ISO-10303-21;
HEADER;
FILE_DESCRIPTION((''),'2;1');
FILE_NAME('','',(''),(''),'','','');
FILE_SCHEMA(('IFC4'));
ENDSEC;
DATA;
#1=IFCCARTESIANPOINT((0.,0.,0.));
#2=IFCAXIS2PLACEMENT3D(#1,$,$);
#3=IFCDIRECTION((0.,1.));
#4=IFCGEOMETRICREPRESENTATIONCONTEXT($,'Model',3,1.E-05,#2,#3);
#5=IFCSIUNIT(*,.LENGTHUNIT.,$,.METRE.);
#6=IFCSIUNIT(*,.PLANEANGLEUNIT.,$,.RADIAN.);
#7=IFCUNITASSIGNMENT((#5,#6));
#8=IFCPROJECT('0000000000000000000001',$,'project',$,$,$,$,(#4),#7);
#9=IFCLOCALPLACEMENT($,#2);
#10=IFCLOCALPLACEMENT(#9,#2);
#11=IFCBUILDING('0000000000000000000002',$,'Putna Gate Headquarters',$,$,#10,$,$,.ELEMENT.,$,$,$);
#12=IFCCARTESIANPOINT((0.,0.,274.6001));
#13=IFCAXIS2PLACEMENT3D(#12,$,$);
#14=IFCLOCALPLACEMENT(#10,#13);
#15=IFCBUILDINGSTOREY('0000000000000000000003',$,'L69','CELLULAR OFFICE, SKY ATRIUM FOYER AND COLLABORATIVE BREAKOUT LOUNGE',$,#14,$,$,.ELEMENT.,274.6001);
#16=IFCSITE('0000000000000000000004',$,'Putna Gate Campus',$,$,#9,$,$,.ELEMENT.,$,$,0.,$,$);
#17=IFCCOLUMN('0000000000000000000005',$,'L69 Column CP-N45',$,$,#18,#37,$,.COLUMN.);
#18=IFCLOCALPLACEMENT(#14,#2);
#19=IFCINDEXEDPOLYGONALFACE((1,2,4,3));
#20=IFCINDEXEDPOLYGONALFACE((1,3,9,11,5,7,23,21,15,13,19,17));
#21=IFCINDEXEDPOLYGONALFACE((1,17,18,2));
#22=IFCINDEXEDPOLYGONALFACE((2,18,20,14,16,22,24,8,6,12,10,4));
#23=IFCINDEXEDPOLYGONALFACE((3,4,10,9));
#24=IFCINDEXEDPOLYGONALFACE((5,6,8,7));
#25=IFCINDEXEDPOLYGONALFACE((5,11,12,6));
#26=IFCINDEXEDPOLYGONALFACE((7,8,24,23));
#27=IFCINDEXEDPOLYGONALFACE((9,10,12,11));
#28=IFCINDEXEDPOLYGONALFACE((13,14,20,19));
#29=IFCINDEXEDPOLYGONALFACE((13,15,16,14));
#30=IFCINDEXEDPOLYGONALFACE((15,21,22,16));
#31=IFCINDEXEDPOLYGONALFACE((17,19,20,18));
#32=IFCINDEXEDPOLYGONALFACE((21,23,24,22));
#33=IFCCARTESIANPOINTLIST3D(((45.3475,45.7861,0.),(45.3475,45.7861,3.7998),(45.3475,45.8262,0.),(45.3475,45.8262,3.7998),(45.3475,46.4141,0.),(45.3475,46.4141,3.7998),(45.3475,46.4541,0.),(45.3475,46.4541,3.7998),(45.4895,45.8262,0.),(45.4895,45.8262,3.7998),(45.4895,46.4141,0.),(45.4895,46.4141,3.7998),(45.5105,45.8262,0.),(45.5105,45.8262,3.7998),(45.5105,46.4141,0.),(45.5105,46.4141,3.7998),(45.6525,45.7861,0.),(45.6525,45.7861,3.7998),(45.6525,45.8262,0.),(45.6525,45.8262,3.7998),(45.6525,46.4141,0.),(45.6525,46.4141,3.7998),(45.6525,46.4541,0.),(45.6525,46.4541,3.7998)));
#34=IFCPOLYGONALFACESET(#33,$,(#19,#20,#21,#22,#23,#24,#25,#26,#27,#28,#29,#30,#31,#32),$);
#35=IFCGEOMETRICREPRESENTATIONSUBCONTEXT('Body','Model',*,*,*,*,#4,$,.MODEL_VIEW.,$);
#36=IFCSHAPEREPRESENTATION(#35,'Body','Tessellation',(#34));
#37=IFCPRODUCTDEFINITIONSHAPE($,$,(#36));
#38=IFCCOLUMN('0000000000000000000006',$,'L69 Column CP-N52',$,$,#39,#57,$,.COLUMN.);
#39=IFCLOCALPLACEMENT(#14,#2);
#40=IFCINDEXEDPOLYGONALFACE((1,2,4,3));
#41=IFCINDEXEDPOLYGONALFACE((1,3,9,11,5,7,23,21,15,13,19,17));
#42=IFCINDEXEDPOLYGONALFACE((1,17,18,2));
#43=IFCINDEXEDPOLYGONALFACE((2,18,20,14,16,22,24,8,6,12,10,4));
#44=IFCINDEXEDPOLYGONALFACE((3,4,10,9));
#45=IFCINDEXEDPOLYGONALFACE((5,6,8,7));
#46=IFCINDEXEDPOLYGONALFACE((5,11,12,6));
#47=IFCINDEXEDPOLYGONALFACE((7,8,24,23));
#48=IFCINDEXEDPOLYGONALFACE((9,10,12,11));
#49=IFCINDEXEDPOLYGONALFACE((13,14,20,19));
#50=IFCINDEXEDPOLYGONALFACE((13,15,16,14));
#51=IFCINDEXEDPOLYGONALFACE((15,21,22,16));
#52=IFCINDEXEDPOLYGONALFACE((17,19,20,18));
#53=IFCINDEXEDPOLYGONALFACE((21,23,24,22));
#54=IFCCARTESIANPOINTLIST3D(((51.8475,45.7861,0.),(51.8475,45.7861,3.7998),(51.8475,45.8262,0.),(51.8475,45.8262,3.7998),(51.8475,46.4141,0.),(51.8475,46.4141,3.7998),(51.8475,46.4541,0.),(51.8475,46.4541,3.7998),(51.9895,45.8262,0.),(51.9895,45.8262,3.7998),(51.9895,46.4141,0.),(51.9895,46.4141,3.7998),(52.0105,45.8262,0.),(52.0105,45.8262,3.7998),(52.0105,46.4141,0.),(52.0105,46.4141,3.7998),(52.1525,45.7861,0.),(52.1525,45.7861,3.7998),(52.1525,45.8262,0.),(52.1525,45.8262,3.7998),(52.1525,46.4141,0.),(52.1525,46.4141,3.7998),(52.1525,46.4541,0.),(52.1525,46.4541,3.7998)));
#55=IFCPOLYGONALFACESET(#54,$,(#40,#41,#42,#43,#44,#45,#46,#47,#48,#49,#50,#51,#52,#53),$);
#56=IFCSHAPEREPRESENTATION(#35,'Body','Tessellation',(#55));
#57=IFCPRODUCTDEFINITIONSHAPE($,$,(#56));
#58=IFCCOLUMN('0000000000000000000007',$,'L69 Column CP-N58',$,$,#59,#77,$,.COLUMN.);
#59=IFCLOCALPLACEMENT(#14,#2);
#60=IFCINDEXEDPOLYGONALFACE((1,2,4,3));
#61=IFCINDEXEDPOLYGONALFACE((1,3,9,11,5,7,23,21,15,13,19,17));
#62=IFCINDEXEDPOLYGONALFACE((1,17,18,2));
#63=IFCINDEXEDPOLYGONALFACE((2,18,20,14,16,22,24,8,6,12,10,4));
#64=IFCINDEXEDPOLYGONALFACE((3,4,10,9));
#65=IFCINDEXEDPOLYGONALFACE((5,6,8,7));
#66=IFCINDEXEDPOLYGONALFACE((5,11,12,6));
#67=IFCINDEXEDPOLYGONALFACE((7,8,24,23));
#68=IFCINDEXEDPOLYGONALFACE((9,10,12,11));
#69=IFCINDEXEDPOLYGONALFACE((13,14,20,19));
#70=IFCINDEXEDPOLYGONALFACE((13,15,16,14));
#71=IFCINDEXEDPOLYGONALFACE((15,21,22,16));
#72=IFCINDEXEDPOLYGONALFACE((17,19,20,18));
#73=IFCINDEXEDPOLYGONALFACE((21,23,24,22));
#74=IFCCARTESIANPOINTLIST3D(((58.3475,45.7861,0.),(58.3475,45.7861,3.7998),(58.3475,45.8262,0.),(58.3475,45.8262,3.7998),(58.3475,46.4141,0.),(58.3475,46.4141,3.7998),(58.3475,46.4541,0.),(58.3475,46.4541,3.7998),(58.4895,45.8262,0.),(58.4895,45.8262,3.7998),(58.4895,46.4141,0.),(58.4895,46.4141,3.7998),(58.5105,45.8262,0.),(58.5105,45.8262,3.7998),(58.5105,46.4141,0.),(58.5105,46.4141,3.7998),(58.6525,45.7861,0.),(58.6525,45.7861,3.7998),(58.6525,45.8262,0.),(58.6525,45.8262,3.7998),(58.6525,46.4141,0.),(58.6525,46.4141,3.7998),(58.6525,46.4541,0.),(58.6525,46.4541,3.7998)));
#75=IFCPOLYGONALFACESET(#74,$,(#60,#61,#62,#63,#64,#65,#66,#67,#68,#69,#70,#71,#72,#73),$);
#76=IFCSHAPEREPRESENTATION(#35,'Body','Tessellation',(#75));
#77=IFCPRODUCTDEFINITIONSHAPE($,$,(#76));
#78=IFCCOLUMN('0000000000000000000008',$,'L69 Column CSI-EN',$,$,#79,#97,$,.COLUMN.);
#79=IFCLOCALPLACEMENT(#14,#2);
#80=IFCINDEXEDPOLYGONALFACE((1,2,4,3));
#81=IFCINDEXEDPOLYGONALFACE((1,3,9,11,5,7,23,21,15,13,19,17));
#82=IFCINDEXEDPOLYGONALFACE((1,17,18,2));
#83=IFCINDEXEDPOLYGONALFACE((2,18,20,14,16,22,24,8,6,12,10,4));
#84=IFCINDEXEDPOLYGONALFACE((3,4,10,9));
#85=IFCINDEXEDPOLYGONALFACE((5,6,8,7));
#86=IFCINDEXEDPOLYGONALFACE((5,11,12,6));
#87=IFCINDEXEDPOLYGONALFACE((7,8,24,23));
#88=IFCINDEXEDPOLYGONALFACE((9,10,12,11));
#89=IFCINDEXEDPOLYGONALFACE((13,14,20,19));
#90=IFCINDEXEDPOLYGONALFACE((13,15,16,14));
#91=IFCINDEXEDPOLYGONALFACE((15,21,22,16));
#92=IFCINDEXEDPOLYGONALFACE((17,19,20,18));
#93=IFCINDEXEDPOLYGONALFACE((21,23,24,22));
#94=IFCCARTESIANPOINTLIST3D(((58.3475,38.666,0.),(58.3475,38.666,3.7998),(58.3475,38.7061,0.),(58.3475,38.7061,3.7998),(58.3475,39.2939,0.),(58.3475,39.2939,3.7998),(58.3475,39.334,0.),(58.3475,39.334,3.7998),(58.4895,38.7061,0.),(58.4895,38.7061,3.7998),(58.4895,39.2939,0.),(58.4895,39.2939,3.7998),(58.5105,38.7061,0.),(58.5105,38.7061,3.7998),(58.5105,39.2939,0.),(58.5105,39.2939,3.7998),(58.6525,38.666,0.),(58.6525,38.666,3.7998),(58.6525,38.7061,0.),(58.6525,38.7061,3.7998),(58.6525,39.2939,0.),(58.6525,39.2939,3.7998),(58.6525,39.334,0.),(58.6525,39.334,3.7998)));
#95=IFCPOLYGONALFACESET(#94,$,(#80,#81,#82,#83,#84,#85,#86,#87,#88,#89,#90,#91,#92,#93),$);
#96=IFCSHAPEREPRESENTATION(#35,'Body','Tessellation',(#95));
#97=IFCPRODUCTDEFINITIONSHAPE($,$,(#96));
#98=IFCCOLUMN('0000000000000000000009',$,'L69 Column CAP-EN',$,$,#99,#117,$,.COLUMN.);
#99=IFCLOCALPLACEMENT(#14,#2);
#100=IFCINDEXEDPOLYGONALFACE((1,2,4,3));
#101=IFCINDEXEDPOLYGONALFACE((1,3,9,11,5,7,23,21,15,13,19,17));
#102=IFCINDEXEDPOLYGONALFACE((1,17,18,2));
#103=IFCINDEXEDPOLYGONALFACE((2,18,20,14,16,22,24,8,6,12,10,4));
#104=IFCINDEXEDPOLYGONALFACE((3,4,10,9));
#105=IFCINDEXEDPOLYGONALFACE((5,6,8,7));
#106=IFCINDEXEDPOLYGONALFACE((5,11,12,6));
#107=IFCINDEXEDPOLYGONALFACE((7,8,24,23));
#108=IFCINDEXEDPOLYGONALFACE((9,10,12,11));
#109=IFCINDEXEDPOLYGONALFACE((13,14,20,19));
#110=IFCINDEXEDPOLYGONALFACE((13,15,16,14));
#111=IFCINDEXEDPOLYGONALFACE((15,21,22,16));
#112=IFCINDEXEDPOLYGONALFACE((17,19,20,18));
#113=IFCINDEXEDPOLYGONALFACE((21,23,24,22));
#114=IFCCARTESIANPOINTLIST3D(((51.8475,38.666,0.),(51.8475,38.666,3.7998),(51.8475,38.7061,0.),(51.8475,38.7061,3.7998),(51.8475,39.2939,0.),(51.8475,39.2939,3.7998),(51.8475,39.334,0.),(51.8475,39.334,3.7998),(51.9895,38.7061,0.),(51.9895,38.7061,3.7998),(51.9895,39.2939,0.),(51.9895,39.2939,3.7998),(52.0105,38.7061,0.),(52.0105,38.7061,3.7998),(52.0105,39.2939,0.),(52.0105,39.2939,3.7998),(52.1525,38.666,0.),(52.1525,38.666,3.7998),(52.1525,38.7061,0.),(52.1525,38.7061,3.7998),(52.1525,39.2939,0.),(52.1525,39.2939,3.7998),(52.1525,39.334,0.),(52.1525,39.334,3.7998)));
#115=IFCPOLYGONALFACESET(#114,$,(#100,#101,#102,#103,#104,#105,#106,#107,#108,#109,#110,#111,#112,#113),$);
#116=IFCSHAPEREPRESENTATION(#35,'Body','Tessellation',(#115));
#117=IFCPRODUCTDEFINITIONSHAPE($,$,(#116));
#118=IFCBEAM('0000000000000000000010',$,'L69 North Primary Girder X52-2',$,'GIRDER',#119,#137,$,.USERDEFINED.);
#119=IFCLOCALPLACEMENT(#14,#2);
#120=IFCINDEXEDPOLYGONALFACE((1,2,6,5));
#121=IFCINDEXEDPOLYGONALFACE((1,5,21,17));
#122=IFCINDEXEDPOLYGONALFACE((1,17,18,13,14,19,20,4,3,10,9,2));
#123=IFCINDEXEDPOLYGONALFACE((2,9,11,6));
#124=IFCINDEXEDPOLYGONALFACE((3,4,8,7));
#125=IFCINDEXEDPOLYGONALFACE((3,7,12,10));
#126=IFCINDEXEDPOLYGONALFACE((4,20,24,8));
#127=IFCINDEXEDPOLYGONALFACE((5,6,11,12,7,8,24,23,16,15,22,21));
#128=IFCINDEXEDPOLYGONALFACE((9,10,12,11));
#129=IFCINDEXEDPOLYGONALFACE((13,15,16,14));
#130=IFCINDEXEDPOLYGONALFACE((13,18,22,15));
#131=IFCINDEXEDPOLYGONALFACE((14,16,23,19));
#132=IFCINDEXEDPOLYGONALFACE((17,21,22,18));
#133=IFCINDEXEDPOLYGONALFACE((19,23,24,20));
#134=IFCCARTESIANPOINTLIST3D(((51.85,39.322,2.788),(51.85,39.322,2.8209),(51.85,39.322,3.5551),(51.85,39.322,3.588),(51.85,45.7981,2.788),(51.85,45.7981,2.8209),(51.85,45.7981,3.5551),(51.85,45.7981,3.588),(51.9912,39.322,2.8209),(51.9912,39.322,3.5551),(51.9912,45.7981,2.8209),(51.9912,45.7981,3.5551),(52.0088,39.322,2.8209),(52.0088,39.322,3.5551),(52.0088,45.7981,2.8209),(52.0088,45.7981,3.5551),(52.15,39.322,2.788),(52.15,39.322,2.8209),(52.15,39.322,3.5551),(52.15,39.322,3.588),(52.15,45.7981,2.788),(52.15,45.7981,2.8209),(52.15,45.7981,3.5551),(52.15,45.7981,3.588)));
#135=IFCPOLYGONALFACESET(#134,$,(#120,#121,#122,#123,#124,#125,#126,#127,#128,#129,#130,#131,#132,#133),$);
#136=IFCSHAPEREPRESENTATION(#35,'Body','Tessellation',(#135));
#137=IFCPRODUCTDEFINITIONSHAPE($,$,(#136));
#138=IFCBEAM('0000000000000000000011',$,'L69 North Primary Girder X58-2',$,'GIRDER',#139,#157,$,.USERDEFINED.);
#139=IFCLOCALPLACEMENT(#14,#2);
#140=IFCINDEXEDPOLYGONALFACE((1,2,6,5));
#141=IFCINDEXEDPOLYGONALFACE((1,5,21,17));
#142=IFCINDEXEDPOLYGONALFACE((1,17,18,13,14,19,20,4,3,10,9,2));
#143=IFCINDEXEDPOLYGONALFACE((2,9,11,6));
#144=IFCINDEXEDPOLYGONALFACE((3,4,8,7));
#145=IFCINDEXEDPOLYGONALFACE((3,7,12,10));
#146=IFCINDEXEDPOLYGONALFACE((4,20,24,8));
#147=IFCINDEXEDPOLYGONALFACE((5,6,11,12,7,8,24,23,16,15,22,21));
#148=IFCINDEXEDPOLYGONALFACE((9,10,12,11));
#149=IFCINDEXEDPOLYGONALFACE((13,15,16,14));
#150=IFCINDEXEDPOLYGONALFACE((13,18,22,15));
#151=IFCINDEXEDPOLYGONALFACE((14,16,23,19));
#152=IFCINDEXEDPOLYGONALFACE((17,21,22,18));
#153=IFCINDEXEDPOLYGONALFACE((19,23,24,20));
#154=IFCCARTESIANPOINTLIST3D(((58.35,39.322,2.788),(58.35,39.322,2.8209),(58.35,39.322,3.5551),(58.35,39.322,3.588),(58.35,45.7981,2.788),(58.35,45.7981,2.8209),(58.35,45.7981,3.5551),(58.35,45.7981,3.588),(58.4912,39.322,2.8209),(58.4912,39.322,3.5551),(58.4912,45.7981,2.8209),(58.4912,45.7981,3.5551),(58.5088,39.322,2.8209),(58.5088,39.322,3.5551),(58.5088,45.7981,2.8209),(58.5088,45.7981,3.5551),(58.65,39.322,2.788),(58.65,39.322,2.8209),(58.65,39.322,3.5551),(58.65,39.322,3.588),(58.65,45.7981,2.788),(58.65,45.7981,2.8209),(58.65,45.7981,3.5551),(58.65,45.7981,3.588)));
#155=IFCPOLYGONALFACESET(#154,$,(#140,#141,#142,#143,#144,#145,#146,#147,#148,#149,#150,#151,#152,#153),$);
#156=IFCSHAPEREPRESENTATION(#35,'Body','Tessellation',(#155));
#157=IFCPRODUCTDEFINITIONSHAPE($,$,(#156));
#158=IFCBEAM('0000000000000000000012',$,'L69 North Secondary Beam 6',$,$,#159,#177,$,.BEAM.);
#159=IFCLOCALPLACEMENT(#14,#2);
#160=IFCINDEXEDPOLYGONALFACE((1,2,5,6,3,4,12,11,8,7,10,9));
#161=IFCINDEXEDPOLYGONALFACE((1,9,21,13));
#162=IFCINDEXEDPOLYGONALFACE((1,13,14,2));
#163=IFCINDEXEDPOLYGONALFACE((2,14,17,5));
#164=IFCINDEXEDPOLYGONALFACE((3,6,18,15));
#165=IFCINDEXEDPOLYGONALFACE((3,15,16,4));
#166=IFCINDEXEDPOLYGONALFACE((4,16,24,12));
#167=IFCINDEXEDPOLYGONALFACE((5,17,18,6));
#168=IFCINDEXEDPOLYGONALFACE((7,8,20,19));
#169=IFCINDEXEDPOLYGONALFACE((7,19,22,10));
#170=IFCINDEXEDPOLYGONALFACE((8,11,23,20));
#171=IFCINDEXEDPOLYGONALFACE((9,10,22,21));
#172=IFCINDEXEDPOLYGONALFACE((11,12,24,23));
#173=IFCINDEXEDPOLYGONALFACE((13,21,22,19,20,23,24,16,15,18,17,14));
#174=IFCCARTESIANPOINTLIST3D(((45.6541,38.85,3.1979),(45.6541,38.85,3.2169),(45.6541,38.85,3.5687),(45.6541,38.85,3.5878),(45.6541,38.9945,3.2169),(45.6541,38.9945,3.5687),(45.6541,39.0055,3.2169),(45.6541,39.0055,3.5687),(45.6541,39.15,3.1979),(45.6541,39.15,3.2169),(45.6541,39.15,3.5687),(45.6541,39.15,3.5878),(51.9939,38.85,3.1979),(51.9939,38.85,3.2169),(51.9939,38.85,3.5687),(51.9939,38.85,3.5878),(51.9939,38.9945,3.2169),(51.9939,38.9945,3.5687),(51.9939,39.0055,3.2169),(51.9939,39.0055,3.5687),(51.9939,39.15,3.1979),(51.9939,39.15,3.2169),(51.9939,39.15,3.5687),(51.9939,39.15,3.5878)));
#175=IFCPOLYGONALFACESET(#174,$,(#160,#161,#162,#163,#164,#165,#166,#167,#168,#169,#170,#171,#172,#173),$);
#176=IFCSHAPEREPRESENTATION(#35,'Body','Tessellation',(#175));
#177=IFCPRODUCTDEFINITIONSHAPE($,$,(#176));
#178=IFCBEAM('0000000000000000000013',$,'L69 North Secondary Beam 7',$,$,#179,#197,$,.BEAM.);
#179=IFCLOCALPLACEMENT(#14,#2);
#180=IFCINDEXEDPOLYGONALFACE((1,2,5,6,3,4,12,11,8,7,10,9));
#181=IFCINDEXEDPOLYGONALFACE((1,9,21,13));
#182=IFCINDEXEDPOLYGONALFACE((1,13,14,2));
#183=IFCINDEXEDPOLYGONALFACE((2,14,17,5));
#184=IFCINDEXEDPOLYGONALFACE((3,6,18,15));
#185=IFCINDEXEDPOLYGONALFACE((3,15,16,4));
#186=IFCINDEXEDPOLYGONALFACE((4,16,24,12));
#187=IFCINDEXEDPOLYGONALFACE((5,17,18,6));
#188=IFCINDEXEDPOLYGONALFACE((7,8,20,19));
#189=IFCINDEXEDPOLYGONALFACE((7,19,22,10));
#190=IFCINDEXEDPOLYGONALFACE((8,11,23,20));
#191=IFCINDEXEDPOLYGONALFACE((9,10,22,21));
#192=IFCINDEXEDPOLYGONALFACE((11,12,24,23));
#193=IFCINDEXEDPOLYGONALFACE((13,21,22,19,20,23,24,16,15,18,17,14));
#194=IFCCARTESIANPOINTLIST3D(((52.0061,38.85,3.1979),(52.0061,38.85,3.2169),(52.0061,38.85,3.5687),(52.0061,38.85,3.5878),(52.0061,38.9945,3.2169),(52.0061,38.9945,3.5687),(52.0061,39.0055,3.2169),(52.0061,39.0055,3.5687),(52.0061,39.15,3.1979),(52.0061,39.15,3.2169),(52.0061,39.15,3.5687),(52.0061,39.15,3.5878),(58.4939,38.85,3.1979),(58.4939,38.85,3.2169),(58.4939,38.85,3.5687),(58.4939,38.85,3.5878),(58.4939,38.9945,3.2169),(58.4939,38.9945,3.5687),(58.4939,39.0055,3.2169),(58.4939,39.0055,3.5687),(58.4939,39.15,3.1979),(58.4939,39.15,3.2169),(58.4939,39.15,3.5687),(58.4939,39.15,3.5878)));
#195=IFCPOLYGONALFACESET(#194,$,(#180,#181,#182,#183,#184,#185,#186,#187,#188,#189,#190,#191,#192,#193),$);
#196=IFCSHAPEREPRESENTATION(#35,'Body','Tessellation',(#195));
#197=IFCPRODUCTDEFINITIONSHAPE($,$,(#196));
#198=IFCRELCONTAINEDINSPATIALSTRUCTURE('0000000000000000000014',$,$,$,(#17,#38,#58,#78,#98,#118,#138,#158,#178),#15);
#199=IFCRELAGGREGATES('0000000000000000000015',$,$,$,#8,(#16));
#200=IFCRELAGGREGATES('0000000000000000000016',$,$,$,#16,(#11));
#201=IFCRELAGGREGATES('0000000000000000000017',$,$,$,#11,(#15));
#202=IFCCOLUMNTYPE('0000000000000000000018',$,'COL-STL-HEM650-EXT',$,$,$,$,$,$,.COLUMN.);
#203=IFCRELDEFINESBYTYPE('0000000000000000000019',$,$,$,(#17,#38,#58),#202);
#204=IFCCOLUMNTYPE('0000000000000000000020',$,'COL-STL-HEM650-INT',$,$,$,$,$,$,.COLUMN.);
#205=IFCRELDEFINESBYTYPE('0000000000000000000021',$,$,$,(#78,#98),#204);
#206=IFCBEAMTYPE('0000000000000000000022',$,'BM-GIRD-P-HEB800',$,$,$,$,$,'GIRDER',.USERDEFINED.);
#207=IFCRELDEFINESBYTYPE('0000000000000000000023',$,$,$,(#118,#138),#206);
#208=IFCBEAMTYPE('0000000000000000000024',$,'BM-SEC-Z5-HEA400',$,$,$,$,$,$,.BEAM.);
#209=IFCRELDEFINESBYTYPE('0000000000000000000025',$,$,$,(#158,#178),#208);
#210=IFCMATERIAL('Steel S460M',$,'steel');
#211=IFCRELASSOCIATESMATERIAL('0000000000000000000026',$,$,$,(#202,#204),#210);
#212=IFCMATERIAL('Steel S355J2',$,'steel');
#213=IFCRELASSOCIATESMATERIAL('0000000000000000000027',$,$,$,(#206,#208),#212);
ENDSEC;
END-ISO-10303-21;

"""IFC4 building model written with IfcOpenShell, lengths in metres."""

from ifc_helpers import new_model, si_unit, direction, frame, origin, origin_2d, place, context, subcontext, project, spatial, i_section, extrude, material, material_profile, profile_set, type_object, element, save


model = new_model("IFC4")

# Units and contexts
model_context = context("Model", 3, precision=1e-05, world=origin(), true_north=direction((0.0, 1.0)))
body_context = subcontext(model_context, "Body", "Model", "MODEL_VIEW")
ifc_project = project(units=[si_unit("LENGTHUNIT", "METRE"), si_unit("PLANEANGLEUNIT", "RADIAN")], contexts=[model_context])

# Site, building, storey
site_placement = place(None, origin())
site = spatial("IfcSite", under=ifc_project, at=site_placement, Name="Putna Gate Campus", CompositionType="ELEMENT", RefElevation=0.0)
building_placement = place(site_placement, origin())
building = spatial("IfcBuilding", under=site, at=building_placement, Name="Putna Gate Headquarters", CompositionType="ELEMENT")
storey_placement = place(building_placement, frame((0.0, 0.0, 274.6001)))
storey = spatial("IfcBuildingStorey", under=building, at=storey_placement, Name="L69", Description="CELLULAR OFFICE, SKY ATRIUM FOYER AND COLLABORATIVE BREAKOUT LOUNGE", CompositionType="ELEMENT", Elevation=274.6001)

# Columns
ifc_material_1 = material(Name="Steel S460M", Category="steel")
ifc_material_profile_1 = material_profile(ifc_material_1, i_section(OverallWidth=0.3049, OverallDepth=0.668, WebThickness=0.021, FlangeThickness=0.04, at=origin_2d()), Name="Steel S460M")
ifc_profile_set_1 = profile_set([ifc_material_profile_1], Name="Steel S460M")
column_type_1 = type_object("IfcColumnType", Name="COL-STL-HEM650-EXT", PredefinedType="COLUMN", material=ifc_profile_set_1)
for number, where, z_axis, x_axis, name in (
    (1, (45.5, 46.1201, 0.0), (0.0, 0.0, 1.0), (1.0, 0.0, 0.0), "L69 Column CP-N45"),
    (2, (52.0, 46.1201, 0.0), (0.0, 0.0, 1.0), (1.0, 0.0, 0.0), "L69 Column CP-N52"),
    (3, (58.5, 46.1201, 0.0), (0.0, 0.0, 1.0), (1.0, 0.0, 0.0), "L69 Column CP-N58"),
):
    element("IfcColumn", number, at=place(storey_placement, frame(where, z_axis=z_axis, x_axis=x_axis)), inside=storey, type_object=column_type_1, Name=name, PredefinedType="COLUMN", context=body_context, shape_type="SweptSolid", body=[
        extrude(i_section(OverallWidth=0.3049, OverallDepth=0.668, WebThickness=0.021, FlangeThickness=0.04, at=origin_2d()), origin(), (0.0, 0.0, 1.0), 3.7998),
    ])
ifc_material_profile_2 = material_profile(ifc_material_1, i_section(OverallWidth=0.3049, OverallDepth=0.668, WebThickness=0.021, FlangeThickness=0.04, at=origin_2d()), Name="Steel S460M")
ifc_profile_set_2 = profile_set([ifc_material_profile_2], Name="Steel S460M")
column_type_2 = type_object("IfcColumnType", Name="COL-STL-HEM650-INT", PredefinedType="COLUMN", material=ifc_profile_set_2)
for number, where, z_axis, x_axis, name in (
    (4, (58.5, 39.0, 0.0), (0.0, 0.0, 1.0), (1.0, 0.0, 0.0), "L69 Column CSI-EN"),
    (5, (52.0, 39.0, 0.0), (0.0, 0.0, 1.0), (1.0, 0.0, 0.0), "L69 Column CAP-EN"),
):
    element("IfcColumn", number, at=place(storey_placement, frame(where, z_axis=z_axis, x_axis=x_axis)), inside=storey, type_object=column_type_2, Name=name, PredefinedType="COLUMN", context=body_context, shape_type="SweptSolid", body=[
        extrude(i_section(OverallWidth=0.3049, OverallDepth=0.668, WebThickness=0.021, FlangeThickness=0.04, at=origin_2d()), origin(), (0.0, 0.0, 1.0), 3.7998),
    ])

# Beams
ifc_material_2 = material(Name="Steel S355J2", Category="steel")
ifc_material_profile_3 = material_profile(ifc_material_2, i_section(OverallWidth=0.3, OverallDepth=0.8, WebThickness=0.0176, FlangeThickness=0.033, at=origin_2d()), Name="Steel S355J2")
ifc_profile_set_3 = profile_set([ifc_material_profile_3], Name="Steel S355J2")
beam_type_1 = type_object("IfcBeamType", Name="BM-GIRD-P-HEB800", ElementType="GIRDER", PredefinedType="USERDEFINED", material=ifc_profile_set_3)
for number, where, z_axis, x_axis, name in (
    (6, (52.0, 39.322, 3.188), (0.0, 1.0, 0.0), (-1.0, 0.0, 0.0), "L69 North Primary Girder X52-2"),
    (7, (58.5, 39.322, 3.188), (0.0, 1.0, 0.0), (-1.0, 0.0, 0.0), "L69 North Primary Girder X58-2"),
):
    element("IfcBeam", number, at=place(storey_placement, frame(where, z_axis=z_axis, x_axis=x_axis)), inside=storey, type_object=beam_type_1, Name=name, ObjectType="GIRDER", PredefinedType="USERDEFINED", context=body_context, shape_type="SweptSolid", body=[
        extrude(i_section(OverallWidth=0.3, OverallDepth=0.8, WebThickness=0.0176, FlangeThickness=0.033, at=origin_2d()), origin(), (0.0, 0.0, 1.0), 6.4761),
    ])
ifc_material_profile_4 = material_profile(ifc_material_2, i_section(OverallWidth=0.3, OverallDepth=0.3899, WebThickness=0.011, FlangeThickness=0.019, at=origin_2d()), Name="Steel S355J2")
ifc_profile_set_4 = profile_set([ifc_material_profile_4], Name="Steel S355J2")
beam_type_2 = type_object("IfcBeamType", Name="BM-SEC-Z5-HEA400", PredefinedType="BEAM", material=ifc_profile_set_4)
beam_1_placement = place(storey_placement, frame((45.6541, 39.0, 3.3928), z_axis=(1.0, 0.0, 0.0), x_axis=(0.0, 1.0, 0.0)))
element("IfcBeam", 8, at=beam_1_placement, inside=storey, type_object=beam_type_2, Name="L69 North Secondary Beam 6", PredefinedType="BEAM", context=body_context, shape_type="SweptSolid", body=[
    extrude(i_section(OverallWidth=0.3, OverallDepth=0.3899, WebThickness=0.011, FlangeThickness=0.019, at=origin_2d()), origin(), (0.0, 0.0, 1.0), 6.3398),
])
beam_2_placement = place(storey_placement, frame((52.0061, 39.0, 3.3928), z_axis=(1.0, 0.0, 0.0), x_axis=(0.0, 1.0, 0.0)))
element("IfcBeam", 9, at=beam_2_placement, inside=storey, type_object=beam_type_2, Name="L69 North Secondary Beam 7", PredefinedType="BEAM", context=body_context, shape_type="SweptSolid", body=[
    extrude(i_section(OverallWidth=0.3, OverallDepth=0.3899, WebThickness=0.011, FlangeThickness=0.019, at=origin_2d()), origin(), (0.0, 0.0, 1.0), 6.4878),
])

save(model, "model.ifc")
